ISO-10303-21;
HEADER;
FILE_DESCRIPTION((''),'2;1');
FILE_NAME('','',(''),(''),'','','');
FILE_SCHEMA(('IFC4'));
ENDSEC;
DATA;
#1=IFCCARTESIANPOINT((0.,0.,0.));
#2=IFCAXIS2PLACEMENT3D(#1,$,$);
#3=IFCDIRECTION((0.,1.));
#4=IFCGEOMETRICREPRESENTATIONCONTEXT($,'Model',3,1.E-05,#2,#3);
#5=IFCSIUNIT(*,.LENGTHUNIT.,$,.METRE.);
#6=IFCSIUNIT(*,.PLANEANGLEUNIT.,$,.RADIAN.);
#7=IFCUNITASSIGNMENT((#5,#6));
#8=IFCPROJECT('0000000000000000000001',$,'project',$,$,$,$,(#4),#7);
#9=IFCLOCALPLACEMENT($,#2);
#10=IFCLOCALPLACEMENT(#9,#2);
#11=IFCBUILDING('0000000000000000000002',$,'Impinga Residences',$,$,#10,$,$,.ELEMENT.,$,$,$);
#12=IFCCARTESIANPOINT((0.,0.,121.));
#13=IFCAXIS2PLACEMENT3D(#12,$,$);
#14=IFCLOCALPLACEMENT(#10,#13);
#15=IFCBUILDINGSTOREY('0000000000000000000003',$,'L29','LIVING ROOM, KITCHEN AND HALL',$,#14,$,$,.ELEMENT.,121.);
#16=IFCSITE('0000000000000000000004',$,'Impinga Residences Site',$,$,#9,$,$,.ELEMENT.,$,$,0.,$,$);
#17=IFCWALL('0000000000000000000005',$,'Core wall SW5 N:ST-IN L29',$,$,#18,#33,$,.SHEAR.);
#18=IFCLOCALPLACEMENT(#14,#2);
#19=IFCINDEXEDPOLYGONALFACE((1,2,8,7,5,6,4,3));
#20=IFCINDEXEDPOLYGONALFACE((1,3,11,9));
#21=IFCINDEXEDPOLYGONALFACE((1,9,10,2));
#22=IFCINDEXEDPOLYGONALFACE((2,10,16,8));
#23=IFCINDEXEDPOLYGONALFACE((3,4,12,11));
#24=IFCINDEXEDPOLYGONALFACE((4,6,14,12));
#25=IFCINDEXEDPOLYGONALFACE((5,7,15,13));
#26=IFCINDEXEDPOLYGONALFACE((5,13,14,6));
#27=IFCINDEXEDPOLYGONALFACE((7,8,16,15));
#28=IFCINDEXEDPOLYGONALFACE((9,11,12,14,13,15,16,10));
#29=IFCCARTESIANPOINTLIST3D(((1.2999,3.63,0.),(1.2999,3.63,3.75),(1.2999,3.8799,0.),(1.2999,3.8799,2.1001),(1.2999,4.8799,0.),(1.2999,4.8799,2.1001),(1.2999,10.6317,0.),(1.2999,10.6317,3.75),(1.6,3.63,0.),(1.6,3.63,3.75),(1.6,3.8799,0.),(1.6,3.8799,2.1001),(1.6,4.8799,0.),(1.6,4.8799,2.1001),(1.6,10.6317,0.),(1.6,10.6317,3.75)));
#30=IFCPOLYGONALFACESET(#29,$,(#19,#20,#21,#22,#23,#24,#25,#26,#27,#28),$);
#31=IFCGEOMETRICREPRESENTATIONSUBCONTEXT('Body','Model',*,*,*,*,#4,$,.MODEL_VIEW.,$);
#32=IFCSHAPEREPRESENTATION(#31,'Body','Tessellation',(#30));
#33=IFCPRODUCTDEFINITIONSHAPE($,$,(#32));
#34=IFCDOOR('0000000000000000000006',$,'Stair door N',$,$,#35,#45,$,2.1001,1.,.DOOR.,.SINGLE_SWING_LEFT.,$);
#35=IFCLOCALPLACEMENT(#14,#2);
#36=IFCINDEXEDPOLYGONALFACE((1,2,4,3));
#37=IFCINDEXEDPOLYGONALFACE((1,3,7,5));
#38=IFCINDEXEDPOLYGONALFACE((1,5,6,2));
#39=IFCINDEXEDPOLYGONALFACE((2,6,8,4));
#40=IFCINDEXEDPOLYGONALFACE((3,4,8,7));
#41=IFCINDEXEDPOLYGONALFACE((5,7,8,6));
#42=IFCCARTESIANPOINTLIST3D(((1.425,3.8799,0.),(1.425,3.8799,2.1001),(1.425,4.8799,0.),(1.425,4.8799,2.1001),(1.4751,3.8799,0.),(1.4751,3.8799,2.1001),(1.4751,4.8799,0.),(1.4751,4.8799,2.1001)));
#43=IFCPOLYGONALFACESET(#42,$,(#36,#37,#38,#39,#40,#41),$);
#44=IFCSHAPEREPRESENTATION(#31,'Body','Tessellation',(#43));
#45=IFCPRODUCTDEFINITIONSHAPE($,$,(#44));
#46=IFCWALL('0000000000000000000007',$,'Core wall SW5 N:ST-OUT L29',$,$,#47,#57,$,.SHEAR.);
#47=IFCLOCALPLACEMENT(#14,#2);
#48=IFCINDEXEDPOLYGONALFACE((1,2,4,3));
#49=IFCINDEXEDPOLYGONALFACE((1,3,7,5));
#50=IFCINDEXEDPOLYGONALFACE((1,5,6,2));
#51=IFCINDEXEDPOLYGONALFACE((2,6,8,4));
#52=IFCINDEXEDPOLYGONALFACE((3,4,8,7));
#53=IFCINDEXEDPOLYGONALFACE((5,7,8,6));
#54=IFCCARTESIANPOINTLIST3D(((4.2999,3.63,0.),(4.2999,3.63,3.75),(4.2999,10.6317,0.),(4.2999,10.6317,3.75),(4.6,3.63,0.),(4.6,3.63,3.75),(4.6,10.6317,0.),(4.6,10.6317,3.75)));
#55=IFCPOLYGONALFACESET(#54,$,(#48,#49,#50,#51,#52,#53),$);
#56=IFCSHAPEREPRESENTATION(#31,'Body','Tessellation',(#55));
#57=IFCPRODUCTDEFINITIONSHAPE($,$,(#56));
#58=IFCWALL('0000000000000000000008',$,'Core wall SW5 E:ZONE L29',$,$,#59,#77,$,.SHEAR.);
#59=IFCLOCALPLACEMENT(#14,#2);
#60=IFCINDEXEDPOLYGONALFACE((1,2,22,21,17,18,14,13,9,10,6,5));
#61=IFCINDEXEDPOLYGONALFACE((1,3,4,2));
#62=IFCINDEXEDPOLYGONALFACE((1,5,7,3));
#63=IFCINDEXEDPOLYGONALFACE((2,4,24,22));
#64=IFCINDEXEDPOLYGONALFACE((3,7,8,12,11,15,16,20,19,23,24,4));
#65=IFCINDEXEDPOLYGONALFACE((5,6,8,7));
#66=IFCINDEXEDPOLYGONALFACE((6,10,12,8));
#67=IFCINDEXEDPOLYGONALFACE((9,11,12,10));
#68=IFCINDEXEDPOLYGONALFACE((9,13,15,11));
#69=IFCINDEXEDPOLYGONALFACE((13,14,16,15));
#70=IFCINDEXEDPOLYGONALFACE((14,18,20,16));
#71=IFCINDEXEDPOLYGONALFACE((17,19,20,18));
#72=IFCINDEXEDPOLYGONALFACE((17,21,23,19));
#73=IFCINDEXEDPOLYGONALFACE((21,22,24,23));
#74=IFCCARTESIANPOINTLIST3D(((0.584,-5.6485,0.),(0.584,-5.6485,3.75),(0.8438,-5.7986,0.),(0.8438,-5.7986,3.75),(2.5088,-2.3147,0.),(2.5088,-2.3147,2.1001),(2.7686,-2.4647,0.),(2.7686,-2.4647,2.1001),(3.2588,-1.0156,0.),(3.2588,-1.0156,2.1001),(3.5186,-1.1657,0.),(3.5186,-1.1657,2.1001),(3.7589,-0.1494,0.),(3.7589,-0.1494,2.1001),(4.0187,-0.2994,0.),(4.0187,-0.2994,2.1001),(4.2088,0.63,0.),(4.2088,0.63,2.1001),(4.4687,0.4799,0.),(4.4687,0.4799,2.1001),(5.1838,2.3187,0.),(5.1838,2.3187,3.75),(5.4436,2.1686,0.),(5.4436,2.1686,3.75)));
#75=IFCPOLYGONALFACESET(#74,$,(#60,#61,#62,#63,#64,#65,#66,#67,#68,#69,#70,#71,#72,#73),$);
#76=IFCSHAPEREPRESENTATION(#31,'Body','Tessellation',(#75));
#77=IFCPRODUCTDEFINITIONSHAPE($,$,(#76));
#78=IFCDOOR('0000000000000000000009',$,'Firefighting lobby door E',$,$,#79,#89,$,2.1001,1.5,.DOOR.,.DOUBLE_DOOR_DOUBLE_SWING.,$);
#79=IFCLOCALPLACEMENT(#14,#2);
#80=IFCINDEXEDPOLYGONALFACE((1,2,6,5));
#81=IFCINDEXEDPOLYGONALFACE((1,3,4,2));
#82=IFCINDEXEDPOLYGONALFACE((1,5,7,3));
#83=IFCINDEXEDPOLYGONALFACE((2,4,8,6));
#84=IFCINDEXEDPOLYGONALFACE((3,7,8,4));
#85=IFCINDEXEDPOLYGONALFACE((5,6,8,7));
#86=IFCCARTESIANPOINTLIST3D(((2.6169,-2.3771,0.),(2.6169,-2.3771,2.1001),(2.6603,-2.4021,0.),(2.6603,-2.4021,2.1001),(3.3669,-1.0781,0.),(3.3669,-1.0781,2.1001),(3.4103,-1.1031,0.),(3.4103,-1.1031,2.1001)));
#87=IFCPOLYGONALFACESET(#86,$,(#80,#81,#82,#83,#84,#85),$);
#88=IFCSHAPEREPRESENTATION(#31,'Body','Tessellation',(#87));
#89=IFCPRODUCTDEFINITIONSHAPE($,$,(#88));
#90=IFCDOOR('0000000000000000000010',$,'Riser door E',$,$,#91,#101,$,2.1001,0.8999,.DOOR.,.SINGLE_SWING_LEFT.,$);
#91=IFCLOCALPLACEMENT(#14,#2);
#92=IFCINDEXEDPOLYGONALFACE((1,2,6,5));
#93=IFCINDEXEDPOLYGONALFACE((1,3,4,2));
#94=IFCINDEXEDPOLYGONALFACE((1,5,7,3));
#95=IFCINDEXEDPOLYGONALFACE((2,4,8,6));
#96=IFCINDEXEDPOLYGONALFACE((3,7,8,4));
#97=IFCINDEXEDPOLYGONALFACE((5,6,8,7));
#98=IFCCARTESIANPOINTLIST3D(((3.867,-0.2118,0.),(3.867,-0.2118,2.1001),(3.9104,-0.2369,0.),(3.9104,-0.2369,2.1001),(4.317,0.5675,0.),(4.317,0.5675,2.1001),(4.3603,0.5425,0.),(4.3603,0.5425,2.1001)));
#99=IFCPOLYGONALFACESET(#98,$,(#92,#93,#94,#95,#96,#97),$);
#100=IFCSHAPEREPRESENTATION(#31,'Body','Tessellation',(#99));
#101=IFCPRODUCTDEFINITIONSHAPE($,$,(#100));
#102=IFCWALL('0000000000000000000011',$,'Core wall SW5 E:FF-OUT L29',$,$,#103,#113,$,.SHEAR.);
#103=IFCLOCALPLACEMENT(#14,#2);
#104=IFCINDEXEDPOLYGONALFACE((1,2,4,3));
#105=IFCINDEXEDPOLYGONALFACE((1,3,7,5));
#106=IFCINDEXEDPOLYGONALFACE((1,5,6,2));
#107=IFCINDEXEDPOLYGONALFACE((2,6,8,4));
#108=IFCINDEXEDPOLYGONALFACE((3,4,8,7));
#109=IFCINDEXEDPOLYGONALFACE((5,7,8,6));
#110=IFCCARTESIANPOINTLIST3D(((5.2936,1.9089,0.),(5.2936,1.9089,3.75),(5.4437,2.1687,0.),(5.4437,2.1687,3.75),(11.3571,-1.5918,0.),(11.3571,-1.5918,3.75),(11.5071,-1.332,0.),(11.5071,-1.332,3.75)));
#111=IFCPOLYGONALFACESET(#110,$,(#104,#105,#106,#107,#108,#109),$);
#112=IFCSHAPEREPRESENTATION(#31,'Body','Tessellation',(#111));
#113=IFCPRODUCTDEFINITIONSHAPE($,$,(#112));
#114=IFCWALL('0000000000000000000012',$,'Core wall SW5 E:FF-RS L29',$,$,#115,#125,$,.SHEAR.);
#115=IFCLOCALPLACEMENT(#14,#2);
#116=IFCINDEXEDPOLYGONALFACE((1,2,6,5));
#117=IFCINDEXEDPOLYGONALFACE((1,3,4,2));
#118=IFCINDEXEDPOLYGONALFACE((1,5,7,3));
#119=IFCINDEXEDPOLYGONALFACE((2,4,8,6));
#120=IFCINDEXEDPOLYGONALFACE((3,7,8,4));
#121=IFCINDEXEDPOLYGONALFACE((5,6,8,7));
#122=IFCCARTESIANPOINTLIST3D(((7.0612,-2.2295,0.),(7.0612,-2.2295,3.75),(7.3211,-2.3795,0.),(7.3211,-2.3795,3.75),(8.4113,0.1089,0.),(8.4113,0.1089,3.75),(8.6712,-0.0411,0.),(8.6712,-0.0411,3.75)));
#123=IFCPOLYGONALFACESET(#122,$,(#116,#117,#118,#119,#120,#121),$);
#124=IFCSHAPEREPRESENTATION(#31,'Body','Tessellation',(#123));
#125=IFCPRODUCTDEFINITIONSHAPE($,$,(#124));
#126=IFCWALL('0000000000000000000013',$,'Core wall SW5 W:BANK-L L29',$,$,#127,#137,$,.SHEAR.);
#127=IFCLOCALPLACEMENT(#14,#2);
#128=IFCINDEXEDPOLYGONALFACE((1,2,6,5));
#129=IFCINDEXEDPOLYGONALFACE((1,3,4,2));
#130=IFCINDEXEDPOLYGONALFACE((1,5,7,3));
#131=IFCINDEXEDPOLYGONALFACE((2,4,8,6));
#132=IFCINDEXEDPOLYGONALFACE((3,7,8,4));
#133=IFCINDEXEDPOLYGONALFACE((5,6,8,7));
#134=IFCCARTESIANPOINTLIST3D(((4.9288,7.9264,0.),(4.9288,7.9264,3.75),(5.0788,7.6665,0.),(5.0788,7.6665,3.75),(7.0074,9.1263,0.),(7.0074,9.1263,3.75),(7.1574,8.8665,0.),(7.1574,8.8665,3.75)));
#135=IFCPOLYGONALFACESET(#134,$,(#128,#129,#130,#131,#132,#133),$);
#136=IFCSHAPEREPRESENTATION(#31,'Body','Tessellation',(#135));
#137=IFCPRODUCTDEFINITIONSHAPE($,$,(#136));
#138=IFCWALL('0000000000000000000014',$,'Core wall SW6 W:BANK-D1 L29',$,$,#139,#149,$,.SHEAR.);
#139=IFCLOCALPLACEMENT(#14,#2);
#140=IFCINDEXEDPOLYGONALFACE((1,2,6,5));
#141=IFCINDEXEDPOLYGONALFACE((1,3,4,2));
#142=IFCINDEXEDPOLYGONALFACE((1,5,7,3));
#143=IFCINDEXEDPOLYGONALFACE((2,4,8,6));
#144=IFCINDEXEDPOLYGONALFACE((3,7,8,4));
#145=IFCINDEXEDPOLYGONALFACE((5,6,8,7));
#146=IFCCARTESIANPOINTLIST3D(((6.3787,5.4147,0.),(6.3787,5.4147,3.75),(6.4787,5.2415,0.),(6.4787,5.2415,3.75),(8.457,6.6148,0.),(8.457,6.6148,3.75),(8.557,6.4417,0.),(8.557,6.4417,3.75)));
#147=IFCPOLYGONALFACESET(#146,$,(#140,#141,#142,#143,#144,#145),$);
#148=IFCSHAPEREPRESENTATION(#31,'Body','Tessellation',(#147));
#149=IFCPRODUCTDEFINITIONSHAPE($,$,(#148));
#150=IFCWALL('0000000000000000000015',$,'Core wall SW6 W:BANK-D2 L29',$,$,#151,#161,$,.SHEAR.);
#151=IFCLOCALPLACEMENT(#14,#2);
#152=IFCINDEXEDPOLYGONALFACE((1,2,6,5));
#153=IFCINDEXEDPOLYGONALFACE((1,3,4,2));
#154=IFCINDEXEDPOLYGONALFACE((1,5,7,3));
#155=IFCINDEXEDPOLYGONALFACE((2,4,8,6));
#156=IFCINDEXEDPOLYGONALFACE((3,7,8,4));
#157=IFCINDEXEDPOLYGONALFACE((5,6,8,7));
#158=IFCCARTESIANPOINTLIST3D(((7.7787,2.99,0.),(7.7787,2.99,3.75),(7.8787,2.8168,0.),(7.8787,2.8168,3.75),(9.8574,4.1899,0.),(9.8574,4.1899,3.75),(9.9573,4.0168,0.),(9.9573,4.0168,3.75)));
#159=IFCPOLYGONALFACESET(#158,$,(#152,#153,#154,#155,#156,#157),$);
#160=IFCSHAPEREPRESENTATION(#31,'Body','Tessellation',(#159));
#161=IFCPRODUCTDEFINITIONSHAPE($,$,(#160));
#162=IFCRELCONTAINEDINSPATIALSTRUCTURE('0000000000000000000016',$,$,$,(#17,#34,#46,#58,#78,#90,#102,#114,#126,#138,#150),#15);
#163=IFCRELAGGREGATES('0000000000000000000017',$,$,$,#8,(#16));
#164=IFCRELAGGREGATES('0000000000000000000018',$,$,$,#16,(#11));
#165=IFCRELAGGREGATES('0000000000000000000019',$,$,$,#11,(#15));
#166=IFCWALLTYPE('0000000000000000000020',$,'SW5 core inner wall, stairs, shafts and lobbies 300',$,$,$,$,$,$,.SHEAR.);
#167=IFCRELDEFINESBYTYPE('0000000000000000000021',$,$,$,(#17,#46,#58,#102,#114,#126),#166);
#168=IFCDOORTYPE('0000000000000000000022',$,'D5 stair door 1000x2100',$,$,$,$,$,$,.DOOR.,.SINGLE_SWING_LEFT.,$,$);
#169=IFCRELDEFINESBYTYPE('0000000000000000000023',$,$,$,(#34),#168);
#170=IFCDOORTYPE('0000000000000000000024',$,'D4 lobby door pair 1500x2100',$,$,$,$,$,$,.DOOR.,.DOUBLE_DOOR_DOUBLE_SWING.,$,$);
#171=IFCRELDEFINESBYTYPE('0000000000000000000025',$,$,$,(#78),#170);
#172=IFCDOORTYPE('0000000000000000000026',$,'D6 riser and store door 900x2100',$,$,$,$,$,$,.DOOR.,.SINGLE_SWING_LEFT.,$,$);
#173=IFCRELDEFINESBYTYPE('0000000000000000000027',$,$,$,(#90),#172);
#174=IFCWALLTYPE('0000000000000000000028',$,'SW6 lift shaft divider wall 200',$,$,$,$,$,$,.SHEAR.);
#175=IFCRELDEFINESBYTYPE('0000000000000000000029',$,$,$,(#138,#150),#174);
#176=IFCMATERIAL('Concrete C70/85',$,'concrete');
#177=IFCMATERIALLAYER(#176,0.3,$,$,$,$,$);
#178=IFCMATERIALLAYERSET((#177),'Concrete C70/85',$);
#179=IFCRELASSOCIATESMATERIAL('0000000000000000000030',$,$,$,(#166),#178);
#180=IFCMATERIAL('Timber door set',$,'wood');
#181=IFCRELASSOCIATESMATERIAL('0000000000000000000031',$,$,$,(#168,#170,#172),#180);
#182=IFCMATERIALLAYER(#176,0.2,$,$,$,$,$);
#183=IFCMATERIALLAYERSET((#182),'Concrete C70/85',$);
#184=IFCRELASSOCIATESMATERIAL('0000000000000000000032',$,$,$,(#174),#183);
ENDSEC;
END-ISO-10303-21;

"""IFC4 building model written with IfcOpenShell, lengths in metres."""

from ifc_helpers import new_model, si_unit, direction, frame, frame_2d, origin, place, context, subcontext, project, spatial, rectangle, extrude, material, layer, layer_set, type_object, element, fill, save


model = new_model("IFC4")

# Units and contexts
model_context = context("Model", 3, precision=1e-05, world=origin(), true_north=direction((0.0, 1.0)))
body_context = subcontext(model_context, "Body", "Model", "MODEL_VIEW")
ifc_project = project(units=[si_unit("LENGTHUNIT", "METRE"), si_unit("PLANEANGLEUNIT", "RADIAN")], contexts=[model_context])

# Site, building, storey
site_placement = place(None, origin())
site = spatial("IfcSite", under=ifc_project, at=site_placement, Name="Impinga Residences Site", CompositionType="ELEMENT", RefElevation=0.0)
building_placement = place(site_placement, origin())
building = spatial("IfcBuilding", under=site, at=building_placement, Name="Impinga Residences", CompositionType="ELEMENT")
storey_placement = place(building_placement, frame((0.0, 0.0, 121.0)))
storey = spatial("IfcBuildingStorey", under=building, at=storey_placement, Name="L29", Description="LIVING ROOM, KITCHEN AND HALL", CompositionType="ELEMENT", Elevation=121.0)

# Wall, opening, door
ifc_material_1 = material(Name="Concrete C70/85", Category="concrete")
ifc_layer_1 = layer(ifc_material_1, 0.3)
ifc_layer_set_1 = layer_set([ifc_layer_1], Name="Concrete C70/85")
wall_type_1 = type_object("IfcWallType", Name="SW5 core inner wall, stairs, shafts and lobbies 300", PredefinedType="SHEAR", material=ifc_layer_set_1)
wall_1_placement = place(storey_placement, frame((1.45, 3.6299, 0.0), z_axis=(0.0, 0.0, 1.0), x_axis=(0.0, 1.0, 0.0)))
wall_1 = element("IfcWall", 1, at=wall_1_placement, inside=storey, type_object=wall_type_1, Name="Core wall SW5 N:ST-IN L29", PredefinedType="SHEAR", context=body_context, shape_type="SweptSolid", body=[
    extrude(rectangle(XDim=7.0017, YDim=0.3, at=frame_2d((3.501, 0.0))), origin(), (0.0, 0.0, 1.0), 3.75),
])
opening_1_placement = place(wall_1_placement, frame((0.25, 0.0, 0.0)))
opening_1 = element("IfcOpeningElement", 2, at=opening_1_placement, cuts=wall_1, PredefinedType="OPENING", context=body_context, shape_type="SweptSolid", body=[
    extrude(rectangle(XDim=1.0, YDim=2.1001, at=frame_2d((0.5, 1.05))), frame((0.0, 0.1599, 0.0), z_axis=(0.0, -1.0, 0.0), x_axis=(1.0, 0.0, 0.0)), (0.0, 0.0, 1.0), 0.3201),
])
ifc_material_2 = material(Name="Timber door set", Category="wood")
door_type_1 = type_object("IfcDoorType", Name="D5 stair door 1000x2100", OperationType="SINGLE_SWING_LEFT", PredefinedType="DOOR", material=ifc_material_2)
door_1_placement = place(opening_1_placement, origin())
door_1 = element("IfcDoor", 3, at=door_1_placement, inside=storey, type_object=door_type_1, Name="Stair door N", OperationType="SINGLE_SWING_LEFT", OverallHeight=2.1001, OverallWidth=1.0, PredefinedType="DOOR", context=body_context, shape_type="SweptSolid", body=[
    extrude(rectangle(XDim=1.0, YDim=2.1001, at=frame_2d((0.5, 1.05))), frame((0.0, 0.0249, 0.0), z_axis=(0.0, -1.0, 0.0), x_axis=(1.0, 0.0, 0.0)), (0.0, 0.0, 1.0), 0.05),
])
fill(opening_1, door_1)

# Wall
wall_2_placement = place(storey_placement, frame((4.45, 3.6299, 0.0), z_axis=(0.0, 0.0, 1.0), x_axis=(0.0, 1.0, 0.0)))
element("IfcWall", 4, at=wall_2_placement, inside=storey, type_object=wall_type_1, Name="Core wall SW5 N:ST-OUT L29", PredefinedType="SHEAR", context=body_context, shape_type="SweptSolid", body=[
    extrude(rectangle(XDim=7.0017, YDim=0.3, at=frame_2d((3.501, 0.0))), origin(), (0.0, 0.0, 1.0), 3.75),
])

# Wall, openings, doors
wall_3_placement = place(storey_placement, frame((5.3137, 2.2437, 0.0), z_axis=(0.0, 0.0, 1.0), x_axis=(-0.499995, -0.866028, 0.0)))
wall_3 = element("IfcWall", 5, at=wall_3_placement, inside=storey, type_object=wall_type_1, Name="Core wall SW5 E:ZONE L29", PredefinedType="SHEAR", context=body_context, shape_type="SweptSolid", body=[
    extrude(rectangle(XDim=9.1997, YDim=0.3, at=frame_2d((4.5999, 0.0))), origin(), (0.0, 0.0, 1.0), 3.75),
])
opening_2_placement = place(wall_3_placement, frame((3.8501, 0.0, 0.0)))
opening_2 = element("IfcOpeningElement", 6, at=opening_2_placement, cuts=wall_3, PredefinedType="OPENING", context=body_context, shape_type="SweptSolid", body=[
    extrude(rectangle(XDim=1.5, YDim=2.1001, at=frame_2d((0.75, 1.05))), frame((0.0, 0.1599, 0.0), z_axis=(0.0, -1.0, 0.0), x_axis=(1.0, 0.0, 0.0)), (0.0, 0.0, 1.0), 0.3201),
])
opening_3_placement = place(wall_3_placement, frame((1.95, 0.0, 0.0)))
opening_3 = element("IfcOpeningElement", 7, at=opening_3_placement, cuts=wall_3, PredefinedType="OPENING", context=body_context, shape_type="SweptSolid", body=[
    extrude(rectangle(XDim=0.8999, YDim=2.1001, at=frame_2d((0.45, 1.05))), frame((0.0, 0.1599, 0.0), z_axis=(0.0, -1.0, 0.0), x_axis=(1.0, 0.0, 0.0)), (0.0, 0.0, 1.0), 0.3201),
])
door_type_2 = type_object("IfcDoorType", Name="D4 lobby door pair 1500x2100", OperationType="DOUBLE_DOOR_DOUBLE_SWING", PredefinedType="DOOR", material=ifc_material_2)
door_2_placement = place(opening_2_placement, origin())
door_2 = element("IfcDoor", 8, at=door_2_placement, inside=storey, type_object=door_type_2, Name="Firefighting lobby door E", OperationType="DOUBLE_DOOR_DOUBLE_SWING", OverallHeight=2.1001, OverallWidth=1.5, PredefinedType="DOOR", context=body_context, shape_type="SweptSolid", body=[
    extrude(rectangle(XDim=1.5, YDim=2.1001, at=frame_2d((0.75, 1.05))), frame((0.0, 0.0249, 0.0), z_axis=(0.0, -1.0, 0.0), x_axis=(1.0, 0.0, 0.0)), (0.0, 0.0, 1.0), 0.05),
])
fill(opening_2, door_2)
door_type_3 = type_object("IfcDoorType", Name="D6 riser and store door 900x2100", OperationType="SINGLE_SWING_LEFT", PredefinedType="DOOR", material=ifc_material_2)
door_3_placement = place(opening_3_placement, origin())
door_3 = element("IfcDoor", 9, at=door_3_placement, inside=storey, type_object=door_type_3, Name="Riser door E", OperationType="SINGLE_SWING_LEFT", OverallHeight=2.1001, OverallWidth=0.8999, PredefinedType="DOOR", context=body_context, shape_type="SweptSolid", body=[
    extrude(rectangle(XDim=0.8999, YDim=2.1001, at=frame_2d((0.45, 1.05))), frame((0.0, 0.0249, 0.0), z_axis=(0.0, -1.0, 0.0), x_axis=(1.0, 0.0, 0.0)), (0.0, 0.0, 1.0), 0.05),
])
fill(opening_3, door_3)

# Walls
wall_4_placement = place(storey_placement, frame((5.3687, 2.0388, 0.0), z_axis=(0.0, 0.0, 1.0), x_axis=(0.866026, -0.499998, 0.0)))
element("IfcWall", 10, at=wall_4_placement, inside=storey, type_object=wall_type_1, Name="Core wall SW5 E:FF-OUT L29", PredefinedType="SHEAR", context=body_context, shape_type="SweptSolid", body=[
    extrude(rectangle(XDim=7.0015, YDim=0.3, at=frame_2d((3.5007, 0.0))), origin(), (0.0, 0.0, 1.0), 3.75),
])
wall_5_placement = place(storey_placement, frame((8.5413, 0.0339, 0.0), z_axis=(0.0, 0.0, 1.0), x_axis=(-0.500009, -0.86602, 0.0)))
element("IfcWall", 11, at=wall_5_placement, inside=storey, type_object=wall_type_1, Name="Core wall SW5 E:FF-RS L29", PredefinedType="SHEAR", context=body_context, shape_type="SweptSolid", body=[
    extrude(rectangle(XDim=2.7002, YDim=0.3, at=frame_2d((1.3501, 0.0))), origin(), (0.0, 0.0, 1.0), 3.75),
])
wall_6_placement = place(storey_placement, frame((5.0037, 7.7964, 0.0), z_axis=(0.0, 0.0, 1.0), x_axis=(0.86605, 0.499957, 0.0)))
element("IfcWall", 12, at=wall_6_placement, inside=storey, type_object=wall_type_1, Name="Core wall SW5 W:BANK-L L29", PredefinedType="SHEAR", context=body_context, shape_type="SweptSolid", body=[
    extrude(rectangle(XDim=2.4001, YDim=0.3, at=frame_2d((1.2002, 0.0))), origin(), (0.0, 0.0, 1.0), 3.75),
])
ifc_layer_2 = layer(ifc_material_1, 0.2)
ifc_layer_set_2 = layer_set([ifc_layer_2], Name="Concrete C70/85")
wall_type_2 = type_object("IfcWallType", Name="SW6 lift shaft divider wall 200", PredefinedType="SHEAR", material=ifc_layer_set_2)
wall_7_placement = place(storey_placement, frame((6.4287, 5.3281, 0.0), z_axis=(0.0, 0.0, 1.0), x_axis=(0.865981, 0.500078, 0.0)))
element("IfcWall", 13, at=wall_7_placement, inside=storey, type_object=wall_type_2, Name="Core wall SW6 W:BANK-D1 L29", PredefinedType="SHEAR", context=body_context, shape_type="SweptSolid", body=[
    extrude(rectangle(XDim=2.3999, YDim=0.2, at=frame_2d((1.2, 0.0))), origin(), (0.0, 0.0, 1.0), 3.75),
])
wall_8_placement = place(storey_placement, frame((7.8286, 2.9033, 0.0), z_axis=(0.0, 0.0, 1.0), x_axis=(0.86605, 0.499957, 0.0)))
element("IfcWall", 14, at=wall_8_placement, inside=storey, type_object=wall_type_2, Name="Core wall SW6 W:BANK-D2 L29", PredefinedType="SHEAR", context=body_context, shape_type="SweptSolid", body=[
    extrude(rectangle(XDim=2.4001, YDim=0.2, at=frame_2d((1.2002, 0.0))), origin(), (0.0, 0.0, 1.0), 3.75),
])

save(model, "model.ifc")
